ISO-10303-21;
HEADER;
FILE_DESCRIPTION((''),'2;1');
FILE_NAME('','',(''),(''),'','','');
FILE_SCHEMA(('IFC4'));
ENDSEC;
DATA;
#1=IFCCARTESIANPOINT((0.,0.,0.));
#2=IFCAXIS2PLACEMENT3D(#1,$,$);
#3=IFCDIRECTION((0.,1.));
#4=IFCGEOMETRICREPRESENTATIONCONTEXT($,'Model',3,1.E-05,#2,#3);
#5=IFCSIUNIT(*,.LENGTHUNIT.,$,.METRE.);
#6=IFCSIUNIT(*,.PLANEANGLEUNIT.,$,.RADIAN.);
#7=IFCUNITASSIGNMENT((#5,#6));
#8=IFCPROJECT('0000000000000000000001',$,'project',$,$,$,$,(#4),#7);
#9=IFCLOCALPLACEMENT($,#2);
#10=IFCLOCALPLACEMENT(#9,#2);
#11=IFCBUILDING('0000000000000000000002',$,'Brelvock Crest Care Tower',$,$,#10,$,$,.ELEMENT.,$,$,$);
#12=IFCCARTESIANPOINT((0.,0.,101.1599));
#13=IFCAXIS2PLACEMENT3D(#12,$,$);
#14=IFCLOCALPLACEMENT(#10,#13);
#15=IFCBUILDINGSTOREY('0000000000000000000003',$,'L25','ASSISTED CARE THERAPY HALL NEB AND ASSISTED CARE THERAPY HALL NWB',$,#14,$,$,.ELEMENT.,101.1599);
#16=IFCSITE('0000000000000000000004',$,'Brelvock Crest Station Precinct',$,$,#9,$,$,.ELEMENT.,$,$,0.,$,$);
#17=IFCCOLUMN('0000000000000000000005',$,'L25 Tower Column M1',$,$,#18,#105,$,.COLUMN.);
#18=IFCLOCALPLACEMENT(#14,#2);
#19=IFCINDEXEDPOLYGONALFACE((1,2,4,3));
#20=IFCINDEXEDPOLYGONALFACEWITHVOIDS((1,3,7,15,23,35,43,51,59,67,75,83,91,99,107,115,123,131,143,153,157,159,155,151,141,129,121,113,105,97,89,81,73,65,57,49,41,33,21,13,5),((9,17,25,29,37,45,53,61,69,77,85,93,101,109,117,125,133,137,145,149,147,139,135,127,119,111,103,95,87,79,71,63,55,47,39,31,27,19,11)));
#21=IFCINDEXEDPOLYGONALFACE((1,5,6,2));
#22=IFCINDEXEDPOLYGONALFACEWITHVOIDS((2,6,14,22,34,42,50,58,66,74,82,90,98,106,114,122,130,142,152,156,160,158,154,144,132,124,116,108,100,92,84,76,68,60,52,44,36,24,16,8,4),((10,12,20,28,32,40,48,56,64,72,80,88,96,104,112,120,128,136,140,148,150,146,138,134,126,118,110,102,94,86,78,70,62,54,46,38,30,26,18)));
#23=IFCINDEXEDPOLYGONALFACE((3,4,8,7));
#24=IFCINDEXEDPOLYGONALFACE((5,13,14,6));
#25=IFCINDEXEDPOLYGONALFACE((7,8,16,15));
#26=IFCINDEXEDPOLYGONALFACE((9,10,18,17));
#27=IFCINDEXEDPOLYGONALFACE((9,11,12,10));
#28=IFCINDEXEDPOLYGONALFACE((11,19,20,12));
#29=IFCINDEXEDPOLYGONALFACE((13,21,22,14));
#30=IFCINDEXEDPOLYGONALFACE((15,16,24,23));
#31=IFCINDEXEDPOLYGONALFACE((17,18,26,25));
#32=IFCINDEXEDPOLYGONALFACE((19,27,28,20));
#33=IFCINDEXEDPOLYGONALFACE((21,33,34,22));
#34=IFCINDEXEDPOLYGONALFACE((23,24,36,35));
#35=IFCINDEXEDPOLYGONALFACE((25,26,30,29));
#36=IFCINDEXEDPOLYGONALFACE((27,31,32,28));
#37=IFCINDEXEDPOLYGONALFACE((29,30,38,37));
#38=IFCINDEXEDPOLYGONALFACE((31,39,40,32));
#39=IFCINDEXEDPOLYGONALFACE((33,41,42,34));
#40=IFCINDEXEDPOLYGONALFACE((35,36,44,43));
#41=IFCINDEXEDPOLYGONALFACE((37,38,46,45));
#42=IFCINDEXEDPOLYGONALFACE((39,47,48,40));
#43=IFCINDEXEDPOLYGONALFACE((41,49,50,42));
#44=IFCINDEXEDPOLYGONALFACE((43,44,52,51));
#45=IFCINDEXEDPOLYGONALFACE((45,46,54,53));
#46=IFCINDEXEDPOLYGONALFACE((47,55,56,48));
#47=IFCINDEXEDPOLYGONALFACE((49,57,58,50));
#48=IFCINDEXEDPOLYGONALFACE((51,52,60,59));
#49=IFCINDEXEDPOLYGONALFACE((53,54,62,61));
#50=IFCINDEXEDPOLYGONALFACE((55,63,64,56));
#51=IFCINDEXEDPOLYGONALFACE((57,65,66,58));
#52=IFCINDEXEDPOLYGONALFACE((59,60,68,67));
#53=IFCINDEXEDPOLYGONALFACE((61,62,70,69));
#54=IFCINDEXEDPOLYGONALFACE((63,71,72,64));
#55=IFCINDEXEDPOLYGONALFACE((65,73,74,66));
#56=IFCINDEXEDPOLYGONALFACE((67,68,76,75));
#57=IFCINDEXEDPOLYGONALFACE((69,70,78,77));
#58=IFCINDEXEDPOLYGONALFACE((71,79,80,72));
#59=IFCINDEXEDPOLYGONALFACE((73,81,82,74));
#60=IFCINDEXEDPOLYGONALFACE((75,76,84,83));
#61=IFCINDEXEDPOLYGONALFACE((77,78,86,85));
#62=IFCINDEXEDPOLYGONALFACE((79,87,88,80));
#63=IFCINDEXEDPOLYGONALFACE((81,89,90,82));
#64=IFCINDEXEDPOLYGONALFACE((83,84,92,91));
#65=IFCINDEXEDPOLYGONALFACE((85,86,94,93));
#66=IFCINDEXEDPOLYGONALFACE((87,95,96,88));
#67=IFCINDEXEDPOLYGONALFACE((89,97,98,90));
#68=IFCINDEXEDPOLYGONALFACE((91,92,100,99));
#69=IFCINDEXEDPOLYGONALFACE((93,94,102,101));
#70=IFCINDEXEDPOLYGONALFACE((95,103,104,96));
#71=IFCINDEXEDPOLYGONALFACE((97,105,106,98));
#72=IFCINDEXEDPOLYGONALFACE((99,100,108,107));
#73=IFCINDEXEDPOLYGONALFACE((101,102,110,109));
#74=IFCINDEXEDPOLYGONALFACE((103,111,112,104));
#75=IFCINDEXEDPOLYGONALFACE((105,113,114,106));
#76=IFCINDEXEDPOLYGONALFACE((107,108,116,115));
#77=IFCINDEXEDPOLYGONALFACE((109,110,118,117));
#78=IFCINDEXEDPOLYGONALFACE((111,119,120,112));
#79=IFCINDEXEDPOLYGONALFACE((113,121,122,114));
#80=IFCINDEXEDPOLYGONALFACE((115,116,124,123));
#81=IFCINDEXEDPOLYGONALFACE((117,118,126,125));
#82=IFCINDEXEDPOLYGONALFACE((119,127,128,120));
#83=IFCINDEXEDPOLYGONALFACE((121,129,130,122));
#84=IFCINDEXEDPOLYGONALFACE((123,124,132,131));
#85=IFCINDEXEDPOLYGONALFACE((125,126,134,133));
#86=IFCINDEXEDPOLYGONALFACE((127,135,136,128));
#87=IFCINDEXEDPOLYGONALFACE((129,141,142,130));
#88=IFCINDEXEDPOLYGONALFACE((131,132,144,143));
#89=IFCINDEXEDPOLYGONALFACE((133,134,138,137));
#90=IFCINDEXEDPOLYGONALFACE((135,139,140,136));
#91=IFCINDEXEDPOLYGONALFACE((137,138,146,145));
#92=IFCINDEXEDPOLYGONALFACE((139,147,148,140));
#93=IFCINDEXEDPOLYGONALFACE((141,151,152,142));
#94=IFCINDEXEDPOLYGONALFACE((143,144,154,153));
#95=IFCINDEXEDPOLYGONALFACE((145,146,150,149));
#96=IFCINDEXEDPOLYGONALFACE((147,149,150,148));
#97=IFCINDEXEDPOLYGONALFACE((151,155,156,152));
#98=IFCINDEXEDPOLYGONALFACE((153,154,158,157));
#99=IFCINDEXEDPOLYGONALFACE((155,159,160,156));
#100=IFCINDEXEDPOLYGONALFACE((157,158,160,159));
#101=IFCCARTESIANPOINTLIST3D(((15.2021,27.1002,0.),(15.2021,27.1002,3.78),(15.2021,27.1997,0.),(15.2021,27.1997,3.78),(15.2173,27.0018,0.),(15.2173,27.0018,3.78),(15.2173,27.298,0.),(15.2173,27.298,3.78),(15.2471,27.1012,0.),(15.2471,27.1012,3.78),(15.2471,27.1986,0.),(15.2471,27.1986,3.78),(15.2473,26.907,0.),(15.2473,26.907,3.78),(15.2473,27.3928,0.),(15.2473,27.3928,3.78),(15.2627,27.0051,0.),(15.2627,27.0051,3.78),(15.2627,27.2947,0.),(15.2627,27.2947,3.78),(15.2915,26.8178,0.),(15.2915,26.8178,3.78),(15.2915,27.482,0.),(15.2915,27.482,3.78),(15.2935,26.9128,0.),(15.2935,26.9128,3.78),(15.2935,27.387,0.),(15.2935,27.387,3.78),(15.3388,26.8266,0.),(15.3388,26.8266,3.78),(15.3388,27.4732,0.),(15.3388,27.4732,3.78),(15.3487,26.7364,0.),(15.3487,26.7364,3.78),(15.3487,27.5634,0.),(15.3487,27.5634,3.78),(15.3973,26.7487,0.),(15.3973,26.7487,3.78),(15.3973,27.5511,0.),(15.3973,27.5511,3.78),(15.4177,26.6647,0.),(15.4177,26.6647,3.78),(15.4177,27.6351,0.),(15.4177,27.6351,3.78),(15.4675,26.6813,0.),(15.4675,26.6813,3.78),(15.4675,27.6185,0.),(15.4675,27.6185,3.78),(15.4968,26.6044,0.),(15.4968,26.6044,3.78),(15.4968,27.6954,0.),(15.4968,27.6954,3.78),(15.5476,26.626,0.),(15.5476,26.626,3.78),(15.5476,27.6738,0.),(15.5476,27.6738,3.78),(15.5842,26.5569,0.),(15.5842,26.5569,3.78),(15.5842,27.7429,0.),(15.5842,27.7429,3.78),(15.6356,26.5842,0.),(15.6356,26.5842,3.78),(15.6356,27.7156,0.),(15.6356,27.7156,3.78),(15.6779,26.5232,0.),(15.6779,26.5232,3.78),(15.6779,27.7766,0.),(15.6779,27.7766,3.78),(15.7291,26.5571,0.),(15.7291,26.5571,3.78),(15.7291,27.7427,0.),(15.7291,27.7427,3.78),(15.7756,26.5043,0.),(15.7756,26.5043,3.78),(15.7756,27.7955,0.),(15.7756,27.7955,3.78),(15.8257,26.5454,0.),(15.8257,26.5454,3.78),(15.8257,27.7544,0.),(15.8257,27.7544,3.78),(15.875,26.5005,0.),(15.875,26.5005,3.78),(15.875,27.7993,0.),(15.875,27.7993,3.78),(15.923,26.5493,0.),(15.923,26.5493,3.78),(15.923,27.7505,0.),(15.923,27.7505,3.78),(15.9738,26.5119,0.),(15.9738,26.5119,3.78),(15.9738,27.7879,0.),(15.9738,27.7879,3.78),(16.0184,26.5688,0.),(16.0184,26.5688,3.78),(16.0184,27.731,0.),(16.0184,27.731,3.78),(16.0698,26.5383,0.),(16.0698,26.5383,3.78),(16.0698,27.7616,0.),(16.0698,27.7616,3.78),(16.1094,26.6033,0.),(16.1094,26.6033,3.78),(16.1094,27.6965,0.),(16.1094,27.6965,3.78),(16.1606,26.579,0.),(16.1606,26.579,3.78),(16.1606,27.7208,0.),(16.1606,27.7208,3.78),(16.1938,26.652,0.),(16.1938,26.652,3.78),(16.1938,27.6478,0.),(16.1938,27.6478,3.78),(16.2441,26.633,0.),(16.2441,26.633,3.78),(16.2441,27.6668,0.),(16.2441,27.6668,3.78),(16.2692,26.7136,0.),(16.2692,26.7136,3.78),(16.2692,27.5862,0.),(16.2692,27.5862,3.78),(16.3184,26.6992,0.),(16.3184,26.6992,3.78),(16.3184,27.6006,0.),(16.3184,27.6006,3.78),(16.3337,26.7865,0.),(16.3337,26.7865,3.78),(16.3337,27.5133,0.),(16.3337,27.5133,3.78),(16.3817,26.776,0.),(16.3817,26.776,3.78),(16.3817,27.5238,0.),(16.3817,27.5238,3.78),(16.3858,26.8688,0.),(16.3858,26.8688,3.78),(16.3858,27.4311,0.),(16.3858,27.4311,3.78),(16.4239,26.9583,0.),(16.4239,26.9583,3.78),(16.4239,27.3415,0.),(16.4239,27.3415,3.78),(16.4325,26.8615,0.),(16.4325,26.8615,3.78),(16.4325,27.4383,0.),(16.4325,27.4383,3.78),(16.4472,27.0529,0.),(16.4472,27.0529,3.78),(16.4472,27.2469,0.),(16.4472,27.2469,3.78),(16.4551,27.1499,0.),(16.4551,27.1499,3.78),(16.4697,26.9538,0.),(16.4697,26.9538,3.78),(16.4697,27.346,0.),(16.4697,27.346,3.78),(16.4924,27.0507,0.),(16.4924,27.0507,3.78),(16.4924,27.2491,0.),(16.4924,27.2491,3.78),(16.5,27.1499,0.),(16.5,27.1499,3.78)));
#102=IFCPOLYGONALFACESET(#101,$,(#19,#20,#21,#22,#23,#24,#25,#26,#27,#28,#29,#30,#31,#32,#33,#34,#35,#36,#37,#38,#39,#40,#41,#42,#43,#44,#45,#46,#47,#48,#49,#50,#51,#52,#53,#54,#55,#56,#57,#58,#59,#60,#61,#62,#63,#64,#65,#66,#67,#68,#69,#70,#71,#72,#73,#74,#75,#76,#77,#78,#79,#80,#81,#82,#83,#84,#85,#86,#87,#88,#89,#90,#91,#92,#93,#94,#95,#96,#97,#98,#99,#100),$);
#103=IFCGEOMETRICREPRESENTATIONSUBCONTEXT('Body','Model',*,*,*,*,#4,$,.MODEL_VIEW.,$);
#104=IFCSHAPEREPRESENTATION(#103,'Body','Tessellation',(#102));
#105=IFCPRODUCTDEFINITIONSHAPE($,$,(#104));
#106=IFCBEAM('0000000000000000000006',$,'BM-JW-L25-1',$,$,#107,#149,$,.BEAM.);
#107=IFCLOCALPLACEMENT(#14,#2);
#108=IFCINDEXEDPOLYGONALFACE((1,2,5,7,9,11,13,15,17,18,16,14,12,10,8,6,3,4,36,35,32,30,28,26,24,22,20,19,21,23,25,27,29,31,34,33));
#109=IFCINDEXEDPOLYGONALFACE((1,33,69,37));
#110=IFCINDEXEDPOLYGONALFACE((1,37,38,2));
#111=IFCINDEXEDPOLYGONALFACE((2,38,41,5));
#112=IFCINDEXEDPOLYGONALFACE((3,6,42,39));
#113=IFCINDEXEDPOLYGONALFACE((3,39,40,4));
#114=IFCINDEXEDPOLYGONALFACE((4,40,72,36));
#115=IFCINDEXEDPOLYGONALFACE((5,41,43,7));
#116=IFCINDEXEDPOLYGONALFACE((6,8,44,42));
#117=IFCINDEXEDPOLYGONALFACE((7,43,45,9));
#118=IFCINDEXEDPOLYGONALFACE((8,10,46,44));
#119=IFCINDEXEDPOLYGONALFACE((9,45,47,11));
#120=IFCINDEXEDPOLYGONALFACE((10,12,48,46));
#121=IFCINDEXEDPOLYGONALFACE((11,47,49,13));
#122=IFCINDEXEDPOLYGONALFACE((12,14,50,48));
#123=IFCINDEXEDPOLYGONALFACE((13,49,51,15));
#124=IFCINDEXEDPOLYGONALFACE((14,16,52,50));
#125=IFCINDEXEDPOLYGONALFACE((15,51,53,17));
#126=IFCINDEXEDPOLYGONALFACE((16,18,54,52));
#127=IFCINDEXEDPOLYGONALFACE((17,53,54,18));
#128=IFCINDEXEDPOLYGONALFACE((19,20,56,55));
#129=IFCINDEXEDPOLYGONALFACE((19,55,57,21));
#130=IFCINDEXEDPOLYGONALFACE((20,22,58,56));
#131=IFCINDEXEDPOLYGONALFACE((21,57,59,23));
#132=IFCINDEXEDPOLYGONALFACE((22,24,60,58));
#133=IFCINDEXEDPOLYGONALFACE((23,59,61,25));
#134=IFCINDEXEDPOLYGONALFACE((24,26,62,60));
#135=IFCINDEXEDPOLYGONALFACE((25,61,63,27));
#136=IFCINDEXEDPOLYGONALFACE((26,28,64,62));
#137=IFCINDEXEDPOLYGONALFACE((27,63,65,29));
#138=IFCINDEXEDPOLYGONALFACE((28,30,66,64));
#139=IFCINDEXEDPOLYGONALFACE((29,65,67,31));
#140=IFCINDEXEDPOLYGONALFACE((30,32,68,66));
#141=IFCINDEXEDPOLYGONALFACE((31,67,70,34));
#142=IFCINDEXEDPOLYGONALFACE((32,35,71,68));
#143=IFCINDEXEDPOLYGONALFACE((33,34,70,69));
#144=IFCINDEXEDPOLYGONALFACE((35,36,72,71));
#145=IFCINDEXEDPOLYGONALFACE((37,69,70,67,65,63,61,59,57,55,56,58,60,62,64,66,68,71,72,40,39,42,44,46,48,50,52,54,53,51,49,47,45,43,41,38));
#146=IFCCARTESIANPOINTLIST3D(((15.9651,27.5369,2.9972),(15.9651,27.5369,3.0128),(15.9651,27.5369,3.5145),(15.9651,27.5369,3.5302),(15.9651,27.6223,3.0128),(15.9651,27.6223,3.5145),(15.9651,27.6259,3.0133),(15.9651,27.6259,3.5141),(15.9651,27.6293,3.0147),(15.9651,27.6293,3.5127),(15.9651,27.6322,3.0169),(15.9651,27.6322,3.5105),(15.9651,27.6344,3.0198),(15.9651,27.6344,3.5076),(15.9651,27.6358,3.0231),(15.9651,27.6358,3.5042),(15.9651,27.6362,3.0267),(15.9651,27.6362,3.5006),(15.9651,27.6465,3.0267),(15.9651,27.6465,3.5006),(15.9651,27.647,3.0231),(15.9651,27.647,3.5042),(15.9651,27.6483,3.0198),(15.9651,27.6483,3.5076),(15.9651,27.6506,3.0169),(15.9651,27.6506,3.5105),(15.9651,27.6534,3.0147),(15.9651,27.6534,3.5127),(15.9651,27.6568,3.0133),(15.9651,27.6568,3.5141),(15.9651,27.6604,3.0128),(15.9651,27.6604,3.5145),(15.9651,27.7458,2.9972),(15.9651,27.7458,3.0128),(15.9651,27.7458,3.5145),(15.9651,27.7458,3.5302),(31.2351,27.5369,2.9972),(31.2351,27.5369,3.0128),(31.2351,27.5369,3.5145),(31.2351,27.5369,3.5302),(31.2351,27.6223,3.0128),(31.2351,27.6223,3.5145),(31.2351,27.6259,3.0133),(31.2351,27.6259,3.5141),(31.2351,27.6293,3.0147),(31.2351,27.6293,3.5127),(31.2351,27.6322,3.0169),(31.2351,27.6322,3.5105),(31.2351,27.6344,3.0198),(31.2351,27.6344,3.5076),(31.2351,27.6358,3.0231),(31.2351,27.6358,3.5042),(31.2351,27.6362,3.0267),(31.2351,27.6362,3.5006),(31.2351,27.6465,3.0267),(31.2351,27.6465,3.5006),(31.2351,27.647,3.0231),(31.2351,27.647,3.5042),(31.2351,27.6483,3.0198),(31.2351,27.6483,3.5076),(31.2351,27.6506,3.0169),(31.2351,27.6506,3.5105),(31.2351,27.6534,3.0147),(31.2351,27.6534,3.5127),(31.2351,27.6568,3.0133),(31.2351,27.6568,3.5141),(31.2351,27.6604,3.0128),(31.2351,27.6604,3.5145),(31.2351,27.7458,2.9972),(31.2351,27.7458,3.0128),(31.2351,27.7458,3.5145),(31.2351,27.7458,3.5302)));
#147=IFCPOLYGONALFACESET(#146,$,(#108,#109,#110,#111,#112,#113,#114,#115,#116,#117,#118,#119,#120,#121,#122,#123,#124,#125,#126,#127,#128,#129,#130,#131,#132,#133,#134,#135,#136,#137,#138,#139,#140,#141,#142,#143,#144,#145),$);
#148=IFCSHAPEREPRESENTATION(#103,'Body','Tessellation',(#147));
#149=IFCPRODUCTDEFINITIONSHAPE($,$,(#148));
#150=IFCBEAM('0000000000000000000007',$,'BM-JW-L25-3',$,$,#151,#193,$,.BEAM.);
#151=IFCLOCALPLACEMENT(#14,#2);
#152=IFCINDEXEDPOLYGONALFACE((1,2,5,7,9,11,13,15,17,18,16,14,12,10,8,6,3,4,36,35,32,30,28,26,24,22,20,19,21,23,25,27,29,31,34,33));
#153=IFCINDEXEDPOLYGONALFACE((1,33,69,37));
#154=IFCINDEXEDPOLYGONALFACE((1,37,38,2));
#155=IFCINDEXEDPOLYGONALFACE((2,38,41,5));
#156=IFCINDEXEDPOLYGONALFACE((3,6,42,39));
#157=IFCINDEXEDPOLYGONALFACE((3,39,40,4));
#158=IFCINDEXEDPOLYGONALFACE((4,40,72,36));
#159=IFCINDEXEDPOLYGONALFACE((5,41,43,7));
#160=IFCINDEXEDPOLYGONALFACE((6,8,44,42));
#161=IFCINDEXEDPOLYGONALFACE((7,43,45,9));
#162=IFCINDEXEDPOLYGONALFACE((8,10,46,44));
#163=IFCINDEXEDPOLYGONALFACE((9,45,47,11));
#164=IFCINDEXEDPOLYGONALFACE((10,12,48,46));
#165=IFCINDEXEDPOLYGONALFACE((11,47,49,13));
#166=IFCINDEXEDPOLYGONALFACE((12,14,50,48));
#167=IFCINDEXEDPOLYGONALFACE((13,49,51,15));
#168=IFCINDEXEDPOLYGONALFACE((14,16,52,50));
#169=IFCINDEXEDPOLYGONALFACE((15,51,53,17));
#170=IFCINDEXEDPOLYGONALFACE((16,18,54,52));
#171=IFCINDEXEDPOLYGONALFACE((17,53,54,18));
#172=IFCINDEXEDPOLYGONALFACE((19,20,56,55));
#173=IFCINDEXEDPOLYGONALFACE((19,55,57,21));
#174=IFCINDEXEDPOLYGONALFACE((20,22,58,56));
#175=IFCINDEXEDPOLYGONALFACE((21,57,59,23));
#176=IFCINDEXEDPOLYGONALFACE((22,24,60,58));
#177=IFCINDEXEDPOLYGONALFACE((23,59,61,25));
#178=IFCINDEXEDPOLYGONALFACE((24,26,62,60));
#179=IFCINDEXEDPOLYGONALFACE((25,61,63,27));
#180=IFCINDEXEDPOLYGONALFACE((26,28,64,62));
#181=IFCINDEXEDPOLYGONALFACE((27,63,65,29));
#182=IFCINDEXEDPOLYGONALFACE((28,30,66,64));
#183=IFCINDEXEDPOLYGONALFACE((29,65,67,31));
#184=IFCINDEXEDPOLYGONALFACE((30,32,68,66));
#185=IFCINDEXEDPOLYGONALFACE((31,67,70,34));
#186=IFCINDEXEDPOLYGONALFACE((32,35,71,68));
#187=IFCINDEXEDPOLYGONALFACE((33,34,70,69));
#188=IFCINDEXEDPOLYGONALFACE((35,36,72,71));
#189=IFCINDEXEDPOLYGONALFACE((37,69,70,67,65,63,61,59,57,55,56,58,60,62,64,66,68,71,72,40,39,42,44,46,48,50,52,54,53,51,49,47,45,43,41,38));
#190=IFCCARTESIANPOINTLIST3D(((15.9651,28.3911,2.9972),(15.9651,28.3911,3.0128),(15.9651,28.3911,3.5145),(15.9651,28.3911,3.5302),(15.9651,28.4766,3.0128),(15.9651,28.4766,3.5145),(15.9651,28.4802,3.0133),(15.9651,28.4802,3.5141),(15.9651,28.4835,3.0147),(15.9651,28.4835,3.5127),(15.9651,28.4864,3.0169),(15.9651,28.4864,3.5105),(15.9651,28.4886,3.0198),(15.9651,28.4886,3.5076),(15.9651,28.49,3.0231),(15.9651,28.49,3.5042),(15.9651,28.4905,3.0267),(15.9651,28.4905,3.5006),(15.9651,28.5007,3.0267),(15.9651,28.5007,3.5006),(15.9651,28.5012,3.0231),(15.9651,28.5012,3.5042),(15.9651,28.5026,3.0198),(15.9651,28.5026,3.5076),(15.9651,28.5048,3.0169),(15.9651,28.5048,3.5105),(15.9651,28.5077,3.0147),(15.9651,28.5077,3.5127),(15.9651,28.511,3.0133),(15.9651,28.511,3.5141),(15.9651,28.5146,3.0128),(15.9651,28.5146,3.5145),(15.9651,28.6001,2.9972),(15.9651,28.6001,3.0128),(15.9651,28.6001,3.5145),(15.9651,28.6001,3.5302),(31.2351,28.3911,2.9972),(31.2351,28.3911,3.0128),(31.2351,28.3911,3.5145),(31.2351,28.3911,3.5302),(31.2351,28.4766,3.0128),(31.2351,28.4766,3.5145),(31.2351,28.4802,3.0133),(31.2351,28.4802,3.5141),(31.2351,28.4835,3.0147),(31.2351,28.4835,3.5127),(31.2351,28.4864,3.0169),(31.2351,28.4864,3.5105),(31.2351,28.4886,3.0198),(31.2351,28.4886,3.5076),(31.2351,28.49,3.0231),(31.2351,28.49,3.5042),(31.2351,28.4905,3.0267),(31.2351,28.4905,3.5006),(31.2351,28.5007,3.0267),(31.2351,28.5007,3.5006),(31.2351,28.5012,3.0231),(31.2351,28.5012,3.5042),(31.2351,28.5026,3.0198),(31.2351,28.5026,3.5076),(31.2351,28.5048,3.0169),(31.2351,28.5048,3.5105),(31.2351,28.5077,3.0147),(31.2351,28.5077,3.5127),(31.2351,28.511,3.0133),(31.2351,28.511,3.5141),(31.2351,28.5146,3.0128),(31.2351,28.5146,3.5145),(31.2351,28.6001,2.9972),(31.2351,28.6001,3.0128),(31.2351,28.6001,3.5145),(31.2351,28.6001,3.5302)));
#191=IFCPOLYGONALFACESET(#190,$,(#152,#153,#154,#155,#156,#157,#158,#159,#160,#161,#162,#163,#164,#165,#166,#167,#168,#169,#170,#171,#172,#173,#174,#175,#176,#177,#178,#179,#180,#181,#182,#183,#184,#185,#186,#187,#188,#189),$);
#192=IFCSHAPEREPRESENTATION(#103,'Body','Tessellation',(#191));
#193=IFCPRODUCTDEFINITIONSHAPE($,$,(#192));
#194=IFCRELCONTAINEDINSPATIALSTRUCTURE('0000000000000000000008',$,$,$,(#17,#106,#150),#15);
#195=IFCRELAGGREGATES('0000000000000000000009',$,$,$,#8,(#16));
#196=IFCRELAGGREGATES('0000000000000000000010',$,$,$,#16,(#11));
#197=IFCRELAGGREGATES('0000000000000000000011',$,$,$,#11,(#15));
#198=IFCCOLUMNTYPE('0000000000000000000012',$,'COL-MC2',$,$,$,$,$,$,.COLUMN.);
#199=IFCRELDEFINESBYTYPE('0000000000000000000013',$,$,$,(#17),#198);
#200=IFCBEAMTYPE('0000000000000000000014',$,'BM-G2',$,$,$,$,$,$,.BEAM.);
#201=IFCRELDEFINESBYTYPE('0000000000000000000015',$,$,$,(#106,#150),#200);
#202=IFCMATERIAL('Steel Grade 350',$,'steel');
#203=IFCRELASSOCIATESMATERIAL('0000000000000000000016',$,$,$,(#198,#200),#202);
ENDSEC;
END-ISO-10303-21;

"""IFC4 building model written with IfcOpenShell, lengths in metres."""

from ifc_helpers import new_model, si_unit, direction, frame, origin, origin_2d, place, context, subcontext, project, spatial, hollow_circle, i_section, extrude, source, transform, mapped, material, material_profile, profile_set, type_object, element, save


model = new_model("IFC4")

# Units and contexts
model_context = context("Model", 3, precision=1e-05, world=origin(), true_north=direction((0.0, 1.0)))
body_context = subcontext(model_context, "Body", "Model", "MODEL_VIEW")
ifc_project = project(units=[si_unit("LENGTHUNIT", "METRE"), si_unit("PLANEANGLEUNIT", "RADIAN")], contexts=[model_context])

# Site, building, storey
site_placement = place(None, origin())
site = spatial("IfcSite", under=ifc_project, at=site_placement, Name="Brelvock Crest Station Precinct", CompositionType="ELEMENT", RefElevation=0.0)
building_placement = place(site_placement, origin())
building = spatial("IfcBuilding", under=site, at=building_placement, Name="Brelvock Crest Care Tower", CompositionType="ELEMENT")
storey_placement = place(building_placement, frame((0.0, 0.0, 101.1599)))
storey = spatial("IfcBuildingStorey", under=building, at=storey_placement, Name="L25", Description="ASSISTED CARE THERAPY HALL NEB AND ASSISTED CARE THERAPY HALL NWB", CompositionType="ELEMENT", Elevation=101.1599)

# Column
ifc_material_1 = material(Name="Steel Grade 350", Category="steel")
ifc_material_profile_1 = material_profile(ifc_material_1, hollow_circle(Radius=0.6499, WallThickness=0.0449, at=origin_2d()), Name="CFT1300x45")
ifc_profile_set_1 = profile_set([ifc_material_profile_1], Name="Steel Grade 350")
column_type = type_object("IfcColumnType", Name="COL-MC2", PredefinedType="COLUMN", material=ifc_profile_set_1)
shared_shape_1 = source(origin(), body_context, "Body", "SweptSolid", [
    extrude(hollow_circle(Radius=0.6499, WallThickness=0.0449, at=origin_2d()), origin(), (0.0, 0.0, 1.0), 3.78),
])
column_placement = place(storey_placement, frame((15.8501, 27.1499, 0.0), z_axis=(0.0, 0.0, 1.0), x_axis=(1.0, 0.0, 0.0)))
element("IfcColumn", 1, at=column_placement, inside=storey, type_object=column_type, Name="L25 Tower Column M1", PredefinedType="COLUMN", context=body_context, shape_type="MappedRepresentation", body=[
    mapped(shared_shape_1, transform((0.0, 0.0, 0.0), x_axis=(1.0, 0.0, 0.0), y_axis=(0.0, 1.0, 0.0), z_axis=(0.0, 0.0, 1.0), scale=1.0)),
])

# Beams
ifc_material_profile_2 = material_profile(ifc_material_1, i_section(OverallWidth=0.209, OverallDepth=0.533, WebThickness=0.0103, FlangeThickness=0.0156, FilletRadius=0.0139, at=origin_2d()), Name="530UB92.4")
ifc_profile_set_2 = profile_set([ifc_material_profile_2], Name="Steel Grade 350")
beam_type_1 = type_object("IfcBeamType", Name="BM-G2", PredefinedType="BEAM", material=ifc_profile_set_2)
shared_shape_2 = source(origin(), body_context, "Body", "SweptSolid", [
    extrude(i_section(OverallWidth=0.209, OverallDepth=0.533, WebThickness=0.0103, FlangeThickness=0.0156, FilletRadius=0.0139, at=origin_2d()), origin(), (0.0, 0.0, 1.0), 15.27),
])
for number, where, z_axis, x_axis, name in (
    (2, (15.9651, 27.6414, 3.2637), (1.0, 0.0, 0.0), (0.0, 1.0, 0.0), "BM-JW-L25-1"),
    (3, (15.9651, 28.4956, 3.2637), (1.0, 0.0, 0.0), (0.0, 1.0, 0.0), "BM-JW-L25-3"),
):
    element("IfcBeam", number, at=place(storey_placement, frame(where, z_axis=z_axis, x_axis=x_axis)), inside=storey, type_object=beam_type_1, Name=name, PredefinedType="BEAM", context=body_context, shape_type="MappedRepresentation", body=[
        mapped(shared_shape_2, transform((0.0, 0.0, 0.0), x_axis=(1.0, 0.0, 0.0), y_axis=(0.0, 1.0, 0.0), z_axis=(0.0, 0.0, 1.0), scale=1.0)),
    ])

save(model, "model.ifc")
